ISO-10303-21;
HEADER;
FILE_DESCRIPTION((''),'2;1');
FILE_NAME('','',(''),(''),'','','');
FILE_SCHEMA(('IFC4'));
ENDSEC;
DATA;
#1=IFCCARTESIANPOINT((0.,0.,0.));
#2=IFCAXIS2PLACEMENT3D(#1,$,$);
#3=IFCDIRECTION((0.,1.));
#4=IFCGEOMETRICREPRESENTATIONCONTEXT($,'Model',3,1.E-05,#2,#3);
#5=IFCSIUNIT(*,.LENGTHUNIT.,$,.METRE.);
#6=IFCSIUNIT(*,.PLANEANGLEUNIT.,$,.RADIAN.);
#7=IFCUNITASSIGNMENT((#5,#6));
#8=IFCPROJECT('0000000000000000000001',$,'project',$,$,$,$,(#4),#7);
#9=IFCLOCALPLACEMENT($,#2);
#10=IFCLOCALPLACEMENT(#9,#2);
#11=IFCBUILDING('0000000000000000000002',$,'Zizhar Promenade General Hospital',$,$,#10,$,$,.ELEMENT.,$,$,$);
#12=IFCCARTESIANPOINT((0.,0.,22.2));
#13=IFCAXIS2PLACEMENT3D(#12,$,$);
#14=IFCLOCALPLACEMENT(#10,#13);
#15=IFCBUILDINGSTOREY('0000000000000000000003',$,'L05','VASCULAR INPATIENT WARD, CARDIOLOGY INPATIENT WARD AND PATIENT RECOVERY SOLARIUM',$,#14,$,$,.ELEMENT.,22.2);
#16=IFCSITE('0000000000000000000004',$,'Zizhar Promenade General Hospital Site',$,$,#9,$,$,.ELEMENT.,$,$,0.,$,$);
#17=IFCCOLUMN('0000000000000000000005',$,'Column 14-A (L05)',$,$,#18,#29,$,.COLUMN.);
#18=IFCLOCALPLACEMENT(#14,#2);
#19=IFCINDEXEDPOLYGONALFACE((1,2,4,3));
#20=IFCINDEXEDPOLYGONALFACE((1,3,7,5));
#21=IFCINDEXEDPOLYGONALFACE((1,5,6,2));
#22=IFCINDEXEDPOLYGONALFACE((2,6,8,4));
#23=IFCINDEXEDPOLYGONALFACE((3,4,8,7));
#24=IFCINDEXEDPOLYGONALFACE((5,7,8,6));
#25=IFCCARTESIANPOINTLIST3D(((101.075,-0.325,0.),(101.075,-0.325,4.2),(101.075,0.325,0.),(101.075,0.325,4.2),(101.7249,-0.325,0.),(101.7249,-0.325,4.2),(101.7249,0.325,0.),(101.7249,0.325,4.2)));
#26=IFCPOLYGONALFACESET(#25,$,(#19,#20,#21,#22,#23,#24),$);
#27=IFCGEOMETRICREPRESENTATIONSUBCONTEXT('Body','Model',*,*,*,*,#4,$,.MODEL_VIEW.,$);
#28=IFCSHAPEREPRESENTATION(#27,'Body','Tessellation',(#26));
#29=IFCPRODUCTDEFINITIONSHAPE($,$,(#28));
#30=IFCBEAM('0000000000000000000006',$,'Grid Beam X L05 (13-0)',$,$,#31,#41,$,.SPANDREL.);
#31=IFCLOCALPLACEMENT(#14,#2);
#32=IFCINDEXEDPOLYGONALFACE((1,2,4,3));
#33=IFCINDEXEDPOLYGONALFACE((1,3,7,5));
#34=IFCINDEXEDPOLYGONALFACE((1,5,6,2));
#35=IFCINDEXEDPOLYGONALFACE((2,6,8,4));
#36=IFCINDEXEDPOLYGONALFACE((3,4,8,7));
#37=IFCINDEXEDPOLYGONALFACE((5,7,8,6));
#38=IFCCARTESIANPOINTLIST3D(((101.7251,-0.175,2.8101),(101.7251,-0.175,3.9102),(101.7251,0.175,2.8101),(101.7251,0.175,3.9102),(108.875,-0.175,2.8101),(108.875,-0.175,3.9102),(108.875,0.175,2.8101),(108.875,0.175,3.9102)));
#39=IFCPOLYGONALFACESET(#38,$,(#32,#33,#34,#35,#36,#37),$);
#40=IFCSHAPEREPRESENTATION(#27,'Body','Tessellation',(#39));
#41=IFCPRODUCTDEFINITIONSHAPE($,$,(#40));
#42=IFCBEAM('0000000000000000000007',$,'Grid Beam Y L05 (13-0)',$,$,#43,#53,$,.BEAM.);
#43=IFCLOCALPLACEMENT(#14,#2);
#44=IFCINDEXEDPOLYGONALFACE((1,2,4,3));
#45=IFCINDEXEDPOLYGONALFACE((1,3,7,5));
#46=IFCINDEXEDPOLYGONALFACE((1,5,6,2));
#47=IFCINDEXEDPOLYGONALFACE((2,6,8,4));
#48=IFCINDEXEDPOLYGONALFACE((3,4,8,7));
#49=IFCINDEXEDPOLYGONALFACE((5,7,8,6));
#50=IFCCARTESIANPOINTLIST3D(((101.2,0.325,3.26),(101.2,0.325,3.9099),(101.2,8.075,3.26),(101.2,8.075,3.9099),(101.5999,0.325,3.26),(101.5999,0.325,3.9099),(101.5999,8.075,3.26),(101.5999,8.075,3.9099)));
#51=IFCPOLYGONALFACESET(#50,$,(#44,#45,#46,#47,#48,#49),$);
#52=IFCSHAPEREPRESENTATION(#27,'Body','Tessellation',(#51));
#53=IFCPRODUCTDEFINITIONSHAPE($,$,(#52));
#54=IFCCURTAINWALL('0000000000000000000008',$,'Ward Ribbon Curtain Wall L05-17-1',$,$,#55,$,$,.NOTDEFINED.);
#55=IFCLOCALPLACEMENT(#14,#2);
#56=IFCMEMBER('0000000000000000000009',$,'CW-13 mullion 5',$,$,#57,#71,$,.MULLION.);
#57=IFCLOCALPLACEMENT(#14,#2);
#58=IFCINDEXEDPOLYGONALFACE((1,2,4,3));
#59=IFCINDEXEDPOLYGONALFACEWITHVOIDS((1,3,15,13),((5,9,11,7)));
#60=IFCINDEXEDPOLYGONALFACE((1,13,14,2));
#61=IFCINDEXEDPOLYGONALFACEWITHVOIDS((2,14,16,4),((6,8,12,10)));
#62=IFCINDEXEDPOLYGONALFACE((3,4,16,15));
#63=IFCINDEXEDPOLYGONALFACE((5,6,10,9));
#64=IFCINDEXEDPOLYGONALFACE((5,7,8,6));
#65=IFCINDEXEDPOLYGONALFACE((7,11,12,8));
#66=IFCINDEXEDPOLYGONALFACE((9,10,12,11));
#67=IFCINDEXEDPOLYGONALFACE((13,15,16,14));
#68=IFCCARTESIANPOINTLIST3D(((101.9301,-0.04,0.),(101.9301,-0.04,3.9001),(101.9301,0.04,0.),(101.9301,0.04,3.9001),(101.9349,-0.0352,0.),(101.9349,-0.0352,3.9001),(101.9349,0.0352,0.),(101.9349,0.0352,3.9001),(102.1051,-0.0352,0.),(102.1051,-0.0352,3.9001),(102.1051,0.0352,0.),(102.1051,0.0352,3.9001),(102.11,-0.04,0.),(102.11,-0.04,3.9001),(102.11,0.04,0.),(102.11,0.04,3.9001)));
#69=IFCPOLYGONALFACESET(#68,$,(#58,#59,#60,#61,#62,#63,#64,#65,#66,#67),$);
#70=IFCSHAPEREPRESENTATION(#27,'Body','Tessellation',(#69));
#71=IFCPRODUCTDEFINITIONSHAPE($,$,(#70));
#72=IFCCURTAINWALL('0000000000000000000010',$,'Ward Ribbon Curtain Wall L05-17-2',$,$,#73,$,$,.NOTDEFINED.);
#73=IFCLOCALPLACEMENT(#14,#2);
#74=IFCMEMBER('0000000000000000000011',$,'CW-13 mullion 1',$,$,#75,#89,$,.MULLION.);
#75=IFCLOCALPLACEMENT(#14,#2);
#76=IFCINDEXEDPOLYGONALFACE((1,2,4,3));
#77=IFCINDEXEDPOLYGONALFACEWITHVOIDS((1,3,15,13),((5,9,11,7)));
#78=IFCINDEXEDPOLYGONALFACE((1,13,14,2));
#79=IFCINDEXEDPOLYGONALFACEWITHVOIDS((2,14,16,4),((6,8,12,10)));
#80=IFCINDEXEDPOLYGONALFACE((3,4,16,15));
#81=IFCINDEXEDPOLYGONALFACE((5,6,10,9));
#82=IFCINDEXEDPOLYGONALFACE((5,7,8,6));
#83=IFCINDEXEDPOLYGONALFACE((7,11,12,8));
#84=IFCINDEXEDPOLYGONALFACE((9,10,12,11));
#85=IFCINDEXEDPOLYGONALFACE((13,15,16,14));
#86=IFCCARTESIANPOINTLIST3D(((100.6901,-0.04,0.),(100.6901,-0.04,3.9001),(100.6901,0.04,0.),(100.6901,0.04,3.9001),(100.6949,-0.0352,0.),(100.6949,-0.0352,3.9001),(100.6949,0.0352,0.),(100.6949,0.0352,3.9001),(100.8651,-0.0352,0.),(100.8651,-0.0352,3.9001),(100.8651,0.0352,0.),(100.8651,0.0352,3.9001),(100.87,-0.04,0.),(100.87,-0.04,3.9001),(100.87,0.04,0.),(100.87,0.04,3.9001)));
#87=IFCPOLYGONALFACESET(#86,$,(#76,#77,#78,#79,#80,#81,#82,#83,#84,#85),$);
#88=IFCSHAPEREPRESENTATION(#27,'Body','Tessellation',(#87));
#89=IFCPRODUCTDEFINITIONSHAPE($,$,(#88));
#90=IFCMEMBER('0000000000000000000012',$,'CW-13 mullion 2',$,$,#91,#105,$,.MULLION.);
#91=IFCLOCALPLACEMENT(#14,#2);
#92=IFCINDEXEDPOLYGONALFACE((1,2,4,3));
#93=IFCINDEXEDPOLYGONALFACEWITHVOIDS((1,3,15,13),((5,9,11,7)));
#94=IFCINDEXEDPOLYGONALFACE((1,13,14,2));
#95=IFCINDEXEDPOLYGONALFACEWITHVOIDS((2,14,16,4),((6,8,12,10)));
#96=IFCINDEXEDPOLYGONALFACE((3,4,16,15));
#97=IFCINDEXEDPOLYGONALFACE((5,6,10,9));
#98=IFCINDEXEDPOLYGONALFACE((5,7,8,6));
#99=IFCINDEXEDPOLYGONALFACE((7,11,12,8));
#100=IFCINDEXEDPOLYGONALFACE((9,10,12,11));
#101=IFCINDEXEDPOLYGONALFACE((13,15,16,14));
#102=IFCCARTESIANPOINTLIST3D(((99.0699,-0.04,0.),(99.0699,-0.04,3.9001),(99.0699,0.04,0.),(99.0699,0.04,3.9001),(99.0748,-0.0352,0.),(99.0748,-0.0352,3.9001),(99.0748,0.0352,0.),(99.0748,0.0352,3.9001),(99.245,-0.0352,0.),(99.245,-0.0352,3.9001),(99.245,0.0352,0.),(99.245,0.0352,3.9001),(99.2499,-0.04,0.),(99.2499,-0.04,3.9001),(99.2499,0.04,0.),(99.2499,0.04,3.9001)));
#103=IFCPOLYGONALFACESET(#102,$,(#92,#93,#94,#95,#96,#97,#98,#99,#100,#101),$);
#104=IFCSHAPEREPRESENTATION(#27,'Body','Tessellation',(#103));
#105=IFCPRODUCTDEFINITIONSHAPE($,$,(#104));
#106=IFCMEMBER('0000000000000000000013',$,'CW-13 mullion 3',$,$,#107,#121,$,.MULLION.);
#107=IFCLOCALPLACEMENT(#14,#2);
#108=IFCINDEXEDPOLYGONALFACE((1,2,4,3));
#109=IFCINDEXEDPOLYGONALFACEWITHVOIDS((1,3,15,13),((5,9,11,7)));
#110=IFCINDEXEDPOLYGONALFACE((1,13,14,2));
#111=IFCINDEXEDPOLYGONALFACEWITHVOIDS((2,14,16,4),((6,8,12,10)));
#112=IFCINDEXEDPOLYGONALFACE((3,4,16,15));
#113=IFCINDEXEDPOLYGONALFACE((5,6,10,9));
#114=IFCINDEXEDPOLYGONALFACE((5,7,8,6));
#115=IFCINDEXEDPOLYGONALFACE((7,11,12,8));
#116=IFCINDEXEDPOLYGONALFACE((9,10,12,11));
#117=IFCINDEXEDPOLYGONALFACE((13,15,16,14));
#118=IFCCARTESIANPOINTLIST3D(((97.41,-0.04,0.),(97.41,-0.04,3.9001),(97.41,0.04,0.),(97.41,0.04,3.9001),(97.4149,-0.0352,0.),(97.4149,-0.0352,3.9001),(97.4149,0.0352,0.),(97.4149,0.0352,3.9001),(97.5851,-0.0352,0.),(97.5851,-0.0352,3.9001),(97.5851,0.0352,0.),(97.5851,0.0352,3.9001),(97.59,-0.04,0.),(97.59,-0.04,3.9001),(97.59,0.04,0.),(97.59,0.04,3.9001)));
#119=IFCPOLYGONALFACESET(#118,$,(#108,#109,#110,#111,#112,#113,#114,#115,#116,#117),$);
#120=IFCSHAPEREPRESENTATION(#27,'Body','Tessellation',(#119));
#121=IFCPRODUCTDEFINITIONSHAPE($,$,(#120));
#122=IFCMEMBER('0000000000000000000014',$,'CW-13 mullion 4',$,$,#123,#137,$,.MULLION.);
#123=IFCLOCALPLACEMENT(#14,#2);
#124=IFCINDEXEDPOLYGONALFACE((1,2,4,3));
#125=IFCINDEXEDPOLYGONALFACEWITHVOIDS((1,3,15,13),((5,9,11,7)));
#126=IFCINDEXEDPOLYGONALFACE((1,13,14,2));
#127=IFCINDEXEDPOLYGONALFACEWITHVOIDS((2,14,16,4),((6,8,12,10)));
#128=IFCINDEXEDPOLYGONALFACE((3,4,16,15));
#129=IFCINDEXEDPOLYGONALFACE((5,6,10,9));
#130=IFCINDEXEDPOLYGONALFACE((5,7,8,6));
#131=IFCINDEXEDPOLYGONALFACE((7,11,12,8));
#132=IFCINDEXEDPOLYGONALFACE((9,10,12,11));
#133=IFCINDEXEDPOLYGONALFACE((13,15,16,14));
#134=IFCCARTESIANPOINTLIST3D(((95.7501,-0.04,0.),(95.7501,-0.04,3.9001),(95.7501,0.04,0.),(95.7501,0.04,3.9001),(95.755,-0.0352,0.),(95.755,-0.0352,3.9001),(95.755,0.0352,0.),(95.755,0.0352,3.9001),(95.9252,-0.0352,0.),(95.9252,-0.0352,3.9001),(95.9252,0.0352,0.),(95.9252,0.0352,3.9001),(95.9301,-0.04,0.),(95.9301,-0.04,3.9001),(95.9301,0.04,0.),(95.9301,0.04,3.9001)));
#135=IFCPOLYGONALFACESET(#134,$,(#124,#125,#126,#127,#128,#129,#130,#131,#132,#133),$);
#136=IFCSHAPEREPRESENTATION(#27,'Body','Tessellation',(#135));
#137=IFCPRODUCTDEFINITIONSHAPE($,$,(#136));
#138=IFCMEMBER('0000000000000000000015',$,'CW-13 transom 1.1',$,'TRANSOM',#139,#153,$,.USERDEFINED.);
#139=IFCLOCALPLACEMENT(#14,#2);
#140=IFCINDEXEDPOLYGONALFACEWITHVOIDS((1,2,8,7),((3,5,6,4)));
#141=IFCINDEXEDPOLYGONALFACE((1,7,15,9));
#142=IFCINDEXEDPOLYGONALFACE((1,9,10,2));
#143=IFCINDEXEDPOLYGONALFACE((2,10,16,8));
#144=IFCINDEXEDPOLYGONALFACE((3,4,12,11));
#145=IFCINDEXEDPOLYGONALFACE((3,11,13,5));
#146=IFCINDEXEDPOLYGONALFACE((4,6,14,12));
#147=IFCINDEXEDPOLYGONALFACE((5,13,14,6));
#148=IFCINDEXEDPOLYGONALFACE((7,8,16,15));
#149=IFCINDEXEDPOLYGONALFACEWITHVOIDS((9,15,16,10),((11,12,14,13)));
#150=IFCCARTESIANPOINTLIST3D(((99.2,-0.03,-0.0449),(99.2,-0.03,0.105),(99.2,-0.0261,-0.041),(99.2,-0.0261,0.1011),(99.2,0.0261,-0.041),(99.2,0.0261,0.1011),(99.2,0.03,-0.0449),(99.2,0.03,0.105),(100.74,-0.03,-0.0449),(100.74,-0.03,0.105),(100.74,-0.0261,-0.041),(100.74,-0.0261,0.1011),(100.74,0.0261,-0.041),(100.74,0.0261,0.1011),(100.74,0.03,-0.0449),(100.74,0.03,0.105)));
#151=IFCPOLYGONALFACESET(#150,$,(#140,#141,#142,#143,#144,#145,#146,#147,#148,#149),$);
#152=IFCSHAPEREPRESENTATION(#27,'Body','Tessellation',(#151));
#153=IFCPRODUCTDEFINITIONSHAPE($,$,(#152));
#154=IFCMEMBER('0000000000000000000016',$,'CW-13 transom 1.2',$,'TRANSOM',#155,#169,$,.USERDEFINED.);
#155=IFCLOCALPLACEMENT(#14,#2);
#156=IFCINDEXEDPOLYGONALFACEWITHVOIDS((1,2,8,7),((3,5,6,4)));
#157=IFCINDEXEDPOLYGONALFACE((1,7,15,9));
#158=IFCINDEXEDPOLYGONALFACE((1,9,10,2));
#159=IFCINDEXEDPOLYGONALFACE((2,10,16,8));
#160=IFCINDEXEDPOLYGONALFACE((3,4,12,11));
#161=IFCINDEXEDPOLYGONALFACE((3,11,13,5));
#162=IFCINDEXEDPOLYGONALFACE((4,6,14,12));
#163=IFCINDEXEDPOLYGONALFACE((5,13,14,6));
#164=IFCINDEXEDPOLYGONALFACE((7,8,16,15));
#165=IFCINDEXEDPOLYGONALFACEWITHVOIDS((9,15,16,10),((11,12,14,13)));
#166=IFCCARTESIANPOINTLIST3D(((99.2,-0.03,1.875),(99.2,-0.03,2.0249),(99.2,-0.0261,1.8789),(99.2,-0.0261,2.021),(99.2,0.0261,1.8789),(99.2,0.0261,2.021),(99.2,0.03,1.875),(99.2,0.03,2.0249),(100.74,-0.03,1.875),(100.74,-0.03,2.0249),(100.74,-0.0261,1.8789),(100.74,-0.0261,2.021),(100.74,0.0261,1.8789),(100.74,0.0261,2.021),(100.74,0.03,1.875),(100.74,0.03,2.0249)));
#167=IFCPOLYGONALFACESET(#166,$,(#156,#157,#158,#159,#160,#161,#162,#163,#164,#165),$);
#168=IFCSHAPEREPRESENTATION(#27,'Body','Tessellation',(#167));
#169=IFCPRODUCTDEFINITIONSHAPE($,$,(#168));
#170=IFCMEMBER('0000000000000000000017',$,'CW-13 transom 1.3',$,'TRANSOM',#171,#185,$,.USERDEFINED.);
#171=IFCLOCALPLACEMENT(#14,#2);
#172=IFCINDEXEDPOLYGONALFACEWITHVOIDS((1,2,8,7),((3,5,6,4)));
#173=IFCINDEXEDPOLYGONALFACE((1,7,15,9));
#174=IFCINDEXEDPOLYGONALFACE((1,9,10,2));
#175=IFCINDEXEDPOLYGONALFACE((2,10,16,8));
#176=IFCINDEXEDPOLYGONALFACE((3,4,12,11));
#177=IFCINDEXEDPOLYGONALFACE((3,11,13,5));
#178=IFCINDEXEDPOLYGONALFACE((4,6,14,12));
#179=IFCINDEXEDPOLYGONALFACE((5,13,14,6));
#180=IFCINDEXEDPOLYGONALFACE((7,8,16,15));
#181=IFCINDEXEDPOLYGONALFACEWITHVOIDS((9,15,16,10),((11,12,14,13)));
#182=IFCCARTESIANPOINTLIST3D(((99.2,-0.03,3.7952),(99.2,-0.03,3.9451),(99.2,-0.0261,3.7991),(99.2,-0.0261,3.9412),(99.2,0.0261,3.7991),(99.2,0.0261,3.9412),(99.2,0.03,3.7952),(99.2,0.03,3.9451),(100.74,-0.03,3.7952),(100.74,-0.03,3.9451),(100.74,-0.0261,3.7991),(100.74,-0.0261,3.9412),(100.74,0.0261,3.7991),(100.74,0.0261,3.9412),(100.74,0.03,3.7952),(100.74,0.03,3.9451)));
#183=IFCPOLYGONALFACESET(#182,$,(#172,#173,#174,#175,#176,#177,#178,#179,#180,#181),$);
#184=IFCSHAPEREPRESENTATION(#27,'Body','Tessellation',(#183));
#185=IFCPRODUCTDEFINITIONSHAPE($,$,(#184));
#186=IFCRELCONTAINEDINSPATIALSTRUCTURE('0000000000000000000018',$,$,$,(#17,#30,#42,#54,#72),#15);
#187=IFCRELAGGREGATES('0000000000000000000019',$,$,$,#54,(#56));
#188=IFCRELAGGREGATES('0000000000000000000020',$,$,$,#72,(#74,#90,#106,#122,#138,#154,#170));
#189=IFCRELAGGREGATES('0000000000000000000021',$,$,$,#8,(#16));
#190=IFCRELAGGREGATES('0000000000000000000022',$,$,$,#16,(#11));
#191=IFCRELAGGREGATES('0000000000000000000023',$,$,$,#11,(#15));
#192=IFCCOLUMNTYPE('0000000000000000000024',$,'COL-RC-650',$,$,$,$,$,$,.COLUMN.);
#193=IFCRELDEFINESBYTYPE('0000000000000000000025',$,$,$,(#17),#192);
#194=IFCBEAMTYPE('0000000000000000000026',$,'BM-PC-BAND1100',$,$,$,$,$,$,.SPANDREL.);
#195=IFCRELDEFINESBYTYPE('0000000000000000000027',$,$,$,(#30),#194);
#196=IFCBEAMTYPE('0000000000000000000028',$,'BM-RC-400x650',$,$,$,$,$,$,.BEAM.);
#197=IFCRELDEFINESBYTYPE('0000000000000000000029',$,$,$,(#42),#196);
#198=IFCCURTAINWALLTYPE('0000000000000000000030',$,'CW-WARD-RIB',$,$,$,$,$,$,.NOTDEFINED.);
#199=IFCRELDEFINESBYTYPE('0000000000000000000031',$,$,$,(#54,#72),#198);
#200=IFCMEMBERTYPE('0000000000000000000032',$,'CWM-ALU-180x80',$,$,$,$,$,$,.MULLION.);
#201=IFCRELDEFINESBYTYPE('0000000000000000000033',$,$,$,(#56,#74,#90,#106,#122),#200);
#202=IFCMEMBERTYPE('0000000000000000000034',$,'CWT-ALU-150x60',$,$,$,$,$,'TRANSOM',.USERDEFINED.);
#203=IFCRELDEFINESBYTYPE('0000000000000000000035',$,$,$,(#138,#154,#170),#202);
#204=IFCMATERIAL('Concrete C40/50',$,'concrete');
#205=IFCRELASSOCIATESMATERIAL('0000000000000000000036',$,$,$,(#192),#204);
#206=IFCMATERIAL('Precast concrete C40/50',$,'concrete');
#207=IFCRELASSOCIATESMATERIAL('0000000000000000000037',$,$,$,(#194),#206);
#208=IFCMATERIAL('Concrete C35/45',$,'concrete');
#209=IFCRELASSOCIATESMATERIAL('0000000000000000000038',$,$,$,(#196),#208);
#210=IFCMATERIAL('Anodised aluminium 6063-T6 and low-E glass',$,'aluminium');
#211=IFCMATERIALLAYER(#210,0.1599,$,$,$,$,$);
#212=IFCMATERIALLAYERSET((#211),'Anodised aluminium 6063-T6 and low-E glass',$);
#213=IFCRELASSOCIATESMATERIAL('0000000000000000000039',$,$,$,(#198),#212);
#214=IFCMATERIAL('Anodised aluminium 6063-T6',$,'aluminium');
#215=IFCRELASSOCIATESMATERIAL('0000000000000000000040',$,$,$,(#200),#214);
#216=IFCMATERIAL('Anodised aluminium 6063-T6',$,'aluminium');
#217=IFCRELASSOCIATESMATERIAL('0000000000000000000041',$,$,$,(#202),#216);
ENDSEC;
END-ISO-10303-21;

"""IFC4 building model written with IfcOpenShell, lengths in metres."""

from ifc_helpers import new_model, si_unit, direction, frame, origin, origin_2d, place, context, subcontext, project, spatial, rectangle, hollow_rectangle, extrude, material, layer, layer_set, material_profile, profile_set, type_object, element, aggregate, save


model = new_model("IFC4")

# Units and contexts
model_context = context("Model", 3, precision=1e-05, world=origin(), true_north=direction((0.0, 1.0)))
body_context = subcontext(model_context, "Body", "Model", "MODEL_VIEW")
ifc_project = project(units=[si_unit("LENGTHUNIT", "METRE"), si_unit("PLANEANGLEUNIT", "RADIAN")], contexts=[model_context])

# Site, building, storey
site_placement = place(None, origin())
site = spatial("IfcSite", under=ifc_project, at=site_placement, Name="Zizhar Promenade General Hospital Site", CompositionType="ELEMENT", RefElevation=0.0)
building_placement = place(site_placement, origin())
building = spatial("IfcBuilding", under=site, at=building_placement, Name="Zizhar Promenade General Hospital", CompositionType="ELEMENT")
storey_placement = place(building_placement, frame((0.0, 0.0, 22.2)))
storey = spatial("IfcBuildingStorey", under=building, at=storey_placement, Name="L05", Description="VASCULAR INPATIENT WARD, CARDIOLOGY INPATIENT WARD AND PATIENT RECOVERY SOLARIUM", CompositionType="ELEMENT", Elevation=22.2)

# Column
ifc_material_1 = material(Name="Concrete C40/50", Category="concrete")
ifc_material_profile_1 = material_profile(ifc_material_1, rectangle(XDim=0.6499, YDim=0.6499, at=origin_2d()))
ifc_profile_set_1 = profile_set([ifc_material_profile_1], Name="Concrete C40/50")
column_type = type_object("IfcColumnType", Name="COL-RC-650", PredefinedType="COLUMN", material=ifc_profile_set_1)
column_placement = place(storey_placement, frame((101.3999, 0.0, 0.0), z_axis=(0.0, 0.0, 1.0), x_axis=(1.0, 0.0, 0.0)))
element("IfcColumn", 1, at=column_placement, inside=storey, type_object=column_type, Name="Column 14-A (L05)", PredefinedType="COLUMN", context=body_context, shape_type="SweptSolid", body=[
    extrude(rectangle(XDim=0.6499, YDim=0.6499, at=origin_2d()), origin(), (0.0, 0.0, 1.0), 4.2),
])

# Beams
ifc_material_2 = material(Name="Precast concrete C40/50", Category="concrete")
ifc_material_profile_2 = material_profile(ifc_material_2, rectangle(XDim=0.3501, YDim=1.1001, at=origin_2d()))
ifc_profile_set_2 = profile_set([ifc_material_profile_2], Name="Precast concrete C40/50")
beam_type_1 = type_object("IfcBeamType", Name="BM-PC-BAND1100", PredefinedType="SPANDREL", material=ifc_profile_set_2)
beam_1_placement = place(storey_placement, frame((101.7251, 0.0, 3.3601), z_axis=(1.0, 0.0, 0.0), x_axis=(0.0, 1.0, 0.0)))
element("IfcBeam", 2, at=beam_1_placement, inside=storey, type_object=beam_type_1, Name="Grid Beam X L05 (13-0)", PredefinedType="SPANDREL", context=body_context, shape_type="SweptSolid", body=[
    extrude(rectangle(XDim=0.3501, YDim=1.1001, at=origin_2d()), origin(), (0.0, 0.0, 1.0), 7.1499),
])
ifc_material_3 = material(Name="Concrete C35/45", Category="concrete")
ifc_material_profile_3 = material_profile(ifc_material_3, rectangle(XDim=0.3999, YDim=0.6499, at=origin_2d()))
ifc_profile_set_3 = profile_set([ifc_material_profile_3], Name="Concrete C35/45")
beam_type_2 = type_object("IfcBeamType", Name="BM-RC-400x650", PredefinedType="BEAM", material=ifc_profile_set_3)
beam_2_placement = place(storey_placement, frame((101.3999, 0.325, 3.585), z_axis=(0.0, 1.0, 0.0), x_axis=(-1.0, 0.0, 0.0)))
element("IfcBeam", 3, at=beam_2_placement, inside=storey, type_object=beam_type_2, Name="Grid Beam Y L05 (13-0)", PredefinedType="BEAM", context=body_context, shape_type="SweptSolid", body=[
    extrude(rectangle(XDim=0.3999, YDim=0.6499, at=origin_2d()), origin(), (0.0, 0.0, 1.0), 7.75),
])

# Curtain wall, member
ifc_material_4 = material(Name="Anodised aluminium 6063-T6 and low-E glass", Category="aluminium")
ifc_layer_1 = layer(ifc_material_4, 0.1599)
ifc_layer_set_1 = layer_set([ifc_layer_1], Name="Anodised aluminium 6063-T6 and low-E glass")
curtain_wall_type = type_object("IfcCurtainWallType", Name="CW-WARD-RIB", PredefinedType="NOTDEFINED", material=ifc_layer_set_1)
curtain_wall_1_placement = place(storey_placement, origin())
curtain_wall_1 = element("IfcCurtainWall", 4, at=curtain_wall_1_placement, inside=storey, type_object=curtain_wall_type, Name="Ward Ribbon Curtain Wall L05-17-1", PredefinedType="NOTDEFINED")
ifc_material_5 = material(Name="Anodised aluminium 6063-T6", Category="aluminium")
ifc_material_profile_4 = material_profile(ifc_material_5, hollow_rectangle(XDim=0.0801, YDim=0.1799, WallThickness=0.0049, at=origin_2d()))
ifc_profile_set_4 = profile_set([ifc_material_profile_4], Name="Anodised aluminium 6063-T6")
member_type_1 = type_object("IfcMemberType", Name="CWM-ALU-180x80", PredefinedType="MULLION", material=ifc_profile_set_4)
member_1_placement = place(storey_placement, frame((102.02, 0.0, 0.0), z_axis=(0.0, 0.0, 1.0), x_axis=(0.0, -1.0, 0.0)))
member_1 = element("IfcMember", 5, at=member_1_placement, type_object=member_type_1, Name="CW-13 mullion 5", PredefinedType="MULLION", context=body_context, shape_type="SweptSolid", body=[
    extrude(hollow_rectangle(XDim=0.0801, YDim=0.1799, WallThickness=0.0049, at=origin_2d()), origin(), (0.0, 0.0, 1.0), 3.9001),
])

# Curtain wall, members
curtain_wall_2_placement = place(storey_placement, origin())
curtain_wall_2 = element("IfcCurtainWall", 6, at=curtain_wall_2_placement, inside=storey, type_object=curtain_wall_type, Name="Ward Ribbon Curtain Wall L05-17-2", PredefinedType="NOTDEFINED")
member_2_placement = place(storey_placement, frame((100.78, 0.0, 0.0), z_axis=(0.0, 0.0, 1.0), x_axis=(0.0, -1.0, 0.0)))
member_2 = element("IfcMember", 7, at=member_2_placement, type_object=member_type_1, Name="CW-13 mullion 1", PredefinedType="MULLION", context=body_context, shape_type="SweptSolid", body=[
    extrude(hollow_rectangle(XDim=0.0801, YDim=0.1799, WallThickness=0.0049, at=origin_2d()), origin(), (0.0, 0.0, 1.0), 3.9001),
])
member_3_placement = place(storey_placement, frame((99.1599, 0.0, 0.0), z_axis=(0.0, 0.0, 1.0), x_axis=(0.0, -1.0, 0.0)))
member_3 = element("IfcMember", 8, at=member_3_placement, type_object=member_type_1, Name="CW-13 mullion 2", PredefinedType="MULLION", context=body_context, shape_type="SweptSolid", body=[
    extrude(hollow_rectangle(XDim=0.0801, YDim=0.1799, WallThickness=0.0049, at=origin_2d()), origin(), (0.0, 0.0, 1.0), 3.9001),
])
member_4_placement = place(storey_placement, frame((97.5, 0.0, 0.0), z_axis=(0.0, 0.0, 1.0), x_axis=(0.0, -1.0, 0.0)))
member_4 = element("IfcMember", 9, at=member_4_placement, type_object=member_type_1, Name="CW-13 mullion 3", PredefinedType="MULLION", context=body_context, shape_type="SweptSolid", body=[
    extrude(hollow_rectangle(XDim=0.0801, YDim=0.1799, WallThickness=0.0049, at=origin_2d()), origin(), (0.0, 0.0, 1.0), 3.9001),
])
member_5_placement = place(storey_placement, frame((95.8401, 0.0, 0.0), z_axis=(0.0, 0.0, 1.0), x_axis=(0.0, -1.0, 0.0)))
member_5 = element("IfcMember", 10, at=member_5_placement, type_object=member_type_1, Name="CW-13 mullion 4", PredefinedType="MULLION", context=body_context, shape_type="SweptSolid", body=[
    extrude(hollow_rectangle(XDim=0.0801, YDim=0.1799, WallThickness=0.0049, at=origin_2d()), origin(), (0.0, 0.0, 1.0), 3.9001),
])
ifc_material_6 = material(Name="Anodised aluminium 6063-T6", Category="aluminium")
ifc_material_profile_5 = material_profile(ifc_material_6, hollow_rectangle(XDim=0.0601, YDim=0.1499, WallThickness=0.0039, at=origin_2d()))
ifc_profile_set_5 = profile_set([ifc_material_profile_5], Name="Anodised aluminium 6063-T6")
member_type_2 = type_object("IfcMemberType", Name="CWT-ALU-150x60", ElementType="TRANSOM", PredefinedType="USERDEFINED", material=ifc_profile_set_5)
member_6_placement = place(storey_placement, frame((100.74, 0.0, 0.03), z_axis=(-1.0, 0.0, 0.0), x_axis=(0.0, -1.0, 0.0)))
member_6 = element("IfcMember", 11, at=member_6_placement, type_object=member_type_2, Name="CW-13 transom 1.1", ObjectType="TRANSOM", PredefinedType="USERDEFINED", context=body_context, shape_type="SweptSolid", body=[
    extrude(hollow_rectangle(XDim=0.0601, YDim=0.1499, WallThickness=0.0039, at=origin_2d()), origin(), (0.0, 0.0, 1.0), 1.54),
])
member_7_placement = place(storey_placement, frame((100.74, 0.0, 1.95), z_axis=(-1.0, 0.0, 0.0), x_axis=(0.0, -1.0, 0.0)))
member_7 = element("IfcMember", 12, at=member_7_placement, type_object=member_type_2, Name="CW-13 transom 1.2", ObjectType="TRANSOM", PredefinedType="USERDEFINED", context=body_context, shape_type="SweptSolid", body=[
    extrude(hollow_rectangle(XDim=0.0601, YDim=0.1499, WallThickness=0.0039, at=origin_2d()), origin(), (0.0, 0.0, 1.0), 1.54),
])
member_8_placement = place(storey_placement, frame((100.74, 0.0, 3.8701), z_axis=(-1.0, 0.0, 0.0), x_axis=(0.0, -1.0, 0.0)))
member_8 = element("IfcMember", 13, at=member_8_placement, type_object=member_type_2, Name="CW-13 transom 1.3", ObjectType="TRANSOM", PredefinedType="USERDEFINED", context=body_context, shape_type="SweptSolid", body=[
    extrude(hollow_rectangle(XDim=0.0601, YDim=0.1499, WallThickness=0.0039, at=origin_2d()), origin(), (0.0, 0.0, 1.0), 1.54),
])

aggregate(curtain_wall_1, [member_1])
aggregate(curtain_wall_2, [member_2, member_3, member_4, member_5, member_6, member_7, member_8])

save(model, "model.ifc")
